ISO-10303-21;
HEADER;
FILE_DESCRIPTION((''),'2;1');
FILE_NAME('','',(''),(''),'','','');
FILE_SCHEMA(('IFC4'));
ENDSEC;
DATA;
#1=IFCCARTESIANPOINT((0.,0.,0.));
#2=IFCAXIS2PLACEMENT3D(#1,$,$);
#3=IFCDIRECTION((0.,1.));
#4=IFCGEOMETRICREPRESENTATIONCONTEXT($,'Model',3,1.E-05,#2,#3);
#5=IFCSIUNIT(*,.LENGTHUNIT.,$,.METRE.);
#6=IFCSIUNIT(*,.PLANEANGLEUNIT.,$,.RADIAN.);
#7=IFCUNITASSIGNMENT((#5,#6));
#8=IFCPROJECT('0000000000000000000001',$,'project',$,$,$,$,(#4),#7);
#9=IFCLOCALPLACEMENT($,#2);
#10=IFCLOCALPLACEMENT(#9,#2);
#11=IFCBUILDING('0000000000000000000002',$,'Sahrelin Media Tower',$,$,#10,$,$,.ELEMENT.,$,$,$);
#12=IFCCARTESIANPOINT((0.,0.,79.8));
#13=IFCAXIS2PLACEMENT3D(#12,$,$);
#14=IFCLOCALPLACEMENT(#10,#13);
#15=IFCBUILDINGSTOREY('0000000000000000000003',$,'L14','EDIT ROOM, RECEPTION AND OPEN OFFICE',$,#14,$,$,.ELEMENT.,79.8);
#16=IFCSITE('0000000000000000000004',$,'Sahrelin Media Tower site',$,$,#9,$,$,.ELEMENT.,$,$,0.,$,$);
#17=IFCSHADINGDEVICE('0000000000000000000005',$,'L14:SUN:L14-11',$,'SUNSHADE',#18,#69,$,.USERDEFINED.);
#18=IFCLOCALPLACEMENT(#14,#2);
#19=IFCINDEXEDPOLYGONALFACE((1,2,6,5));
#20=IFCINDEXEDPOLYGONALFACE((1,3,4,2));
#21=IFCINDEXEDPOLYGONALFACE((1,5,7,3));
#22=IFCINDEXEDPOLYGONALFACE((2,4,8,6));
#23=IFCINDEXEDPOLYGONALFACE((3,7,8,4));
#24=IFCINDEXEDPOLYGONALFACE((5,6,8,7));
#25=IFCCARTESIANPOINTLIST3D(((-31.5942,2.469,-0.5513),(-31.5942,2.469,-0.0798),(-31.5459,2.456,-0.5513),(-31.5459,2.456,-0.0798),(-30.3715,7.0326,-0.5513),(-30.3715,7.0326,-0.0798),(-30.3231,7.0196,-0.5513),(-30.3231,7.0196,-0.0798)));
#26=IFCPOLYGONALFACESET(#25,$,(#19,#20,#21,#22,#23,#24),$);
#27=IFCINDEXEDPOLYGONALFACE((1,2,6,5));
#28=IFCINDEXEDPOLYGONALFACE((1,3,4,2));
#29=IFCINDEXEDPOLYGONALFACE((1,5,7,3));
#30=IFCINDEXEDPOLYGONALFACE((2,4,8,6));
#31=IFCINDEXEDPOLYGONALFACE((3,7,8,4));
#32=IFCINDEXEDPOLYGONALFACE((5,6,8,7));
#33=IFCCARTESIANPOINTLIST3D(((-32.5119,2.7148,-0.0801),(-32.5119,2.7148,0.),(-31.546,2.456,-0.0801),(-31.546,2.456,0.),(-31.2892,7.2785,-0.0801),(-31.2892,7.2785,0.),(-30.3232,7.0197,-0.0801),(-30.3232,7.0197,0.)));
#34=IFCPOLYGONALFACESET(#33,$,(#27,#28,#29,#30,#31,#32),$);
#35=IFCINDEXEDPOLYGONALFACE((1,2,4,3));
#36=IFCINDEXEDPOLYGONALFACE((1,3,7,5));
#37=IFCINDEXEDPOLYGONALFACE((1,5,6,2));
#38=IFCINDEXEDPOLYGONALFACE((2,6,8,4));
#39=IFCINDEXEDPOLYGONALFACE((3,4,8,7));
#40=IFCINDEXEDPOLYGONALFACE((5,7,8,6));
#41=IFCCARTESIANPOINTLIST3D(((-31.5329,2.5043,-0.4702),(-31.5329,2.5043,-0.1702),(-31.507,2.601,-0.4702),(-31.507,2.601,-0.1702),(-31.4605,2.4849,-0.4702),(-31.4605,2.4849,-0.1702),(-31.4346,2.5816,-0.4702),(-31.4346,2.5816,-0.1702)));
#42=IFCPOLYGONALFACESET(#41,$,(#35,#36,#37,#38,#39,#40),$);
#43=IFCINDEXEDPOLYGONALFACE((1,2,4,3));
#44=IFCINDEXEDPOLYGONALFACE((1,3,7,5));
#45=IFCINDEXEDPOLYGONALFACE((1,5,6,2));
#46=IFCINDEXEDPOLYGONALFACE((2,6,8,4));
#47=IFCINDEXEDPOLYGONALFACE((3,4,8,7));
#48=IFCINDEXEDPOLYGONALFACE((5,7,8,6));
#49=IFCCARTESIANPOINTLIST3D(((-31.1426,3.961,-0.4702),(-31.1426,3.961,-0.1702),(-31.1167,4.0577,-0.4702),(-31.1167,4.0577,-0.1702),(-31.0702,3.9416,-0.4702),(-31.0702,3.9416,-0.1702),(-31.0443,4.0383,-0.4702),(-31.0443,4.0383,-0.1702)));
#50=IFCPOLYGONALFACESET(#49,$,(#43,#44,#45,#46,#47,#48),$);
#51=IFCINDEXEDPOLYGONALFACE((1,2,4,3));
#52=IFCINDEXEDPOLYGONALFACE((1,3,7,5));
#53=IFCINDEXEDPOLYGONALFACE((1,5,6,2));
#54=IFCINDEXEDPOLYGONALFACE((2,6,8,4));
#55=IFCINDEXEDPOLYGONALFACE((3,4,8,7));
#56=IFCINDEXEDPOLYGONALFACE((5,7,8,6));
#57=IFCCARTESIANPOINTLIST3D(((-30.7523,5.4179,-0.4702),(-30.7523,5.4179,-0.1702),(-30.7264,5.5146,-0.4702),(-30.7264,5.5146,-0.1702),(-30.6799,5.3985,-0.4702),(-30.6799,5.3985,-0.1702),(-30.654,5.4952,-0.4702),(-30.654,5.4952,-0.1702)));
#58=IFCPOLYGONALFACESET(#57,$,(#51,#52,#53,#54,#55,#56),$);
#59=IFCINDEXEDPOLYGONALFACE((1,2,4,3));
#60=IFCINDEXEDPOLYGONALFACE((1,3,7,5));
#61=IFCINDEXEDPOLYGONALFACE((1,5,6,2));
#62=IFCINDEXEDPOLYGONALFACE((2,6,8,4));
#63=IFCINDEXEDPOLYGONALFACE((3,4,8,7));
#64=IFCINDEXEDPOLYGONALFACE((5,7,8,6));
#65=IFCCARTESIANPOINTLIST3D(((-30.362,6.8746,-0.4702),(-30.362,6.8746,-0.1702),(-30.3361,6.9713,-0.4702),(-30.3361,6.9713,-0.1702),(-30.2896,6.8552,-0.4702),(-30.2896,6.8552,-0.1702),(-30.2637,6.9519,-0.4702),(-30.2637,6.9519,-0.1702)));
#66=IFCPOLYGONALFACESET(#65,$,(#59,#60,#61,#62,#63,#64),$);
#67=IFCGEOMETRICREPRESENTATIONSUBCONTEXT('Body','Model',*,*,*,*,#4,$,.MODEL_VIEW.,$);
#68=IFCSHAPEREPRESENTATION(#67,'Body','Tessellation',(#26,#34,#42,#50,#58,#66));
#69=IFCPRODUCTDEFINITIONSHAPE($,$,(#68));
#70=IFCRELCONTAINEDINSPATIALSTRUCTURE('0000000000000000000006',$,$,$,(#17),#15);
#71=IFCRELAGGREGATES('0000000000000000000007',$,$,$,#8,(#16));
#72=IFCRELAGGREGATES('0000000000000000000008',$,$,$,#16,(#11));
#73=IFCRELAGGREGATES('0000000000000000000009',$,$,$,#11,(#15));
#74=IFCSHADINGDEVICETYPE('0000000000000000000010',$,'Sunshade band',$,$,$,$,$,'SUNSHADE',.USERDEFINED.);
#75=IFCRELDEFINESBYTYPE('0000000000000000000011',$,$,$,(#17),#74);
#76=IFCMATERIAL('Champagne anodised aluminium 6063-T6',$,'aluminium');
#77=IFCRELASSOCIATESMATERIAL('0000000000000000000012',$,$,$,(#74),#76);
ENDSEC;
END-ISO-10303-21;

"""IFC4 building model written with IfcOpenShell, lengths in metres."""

from ifc_helpers import new_model, si_unit, direction, frame, origin, origin_2d, place, context, subcontext, project, spatial, rectangle, extrude, material, type_object, element, save


model = new_model("IFC4")

# Units and contexts
model_context = context("Model", 3, precision=1e-05, world=origin(), true_north=direction((0.0, 1.0)))
body_context = subcontext(model_context, "Body", "Model", "MODEL_VIEW")
ifc_project = project(units=[si_unit("LENGTHUNIT", "METRE"), si_unit("PLANEANGLEUNIT", "RADIAN")], contexts=[model_context])

# Site, building, storey
site_placement = place(None, origin())
site = spatial("IfcSite", under=ifc_project, at=site_placement, Name="Sahrelin Media Tower site", CompositionType="ELEMENT", RefElevation=0.0)
building_placement = place(site_placement, origin())
building = spatial("IfcBuilding", under=site, at=building_placement, Name="Sahrelin Media Tower", CompositionType="ELEMENT")
storey_placement = place(building_placement, frame((0.0, 0.0, 79.8)))
storey = spatial("IfcBuildingStorey", under=building, at=storey_placement, Name="L14", Description="EDIT ROOM, RECEPTION AND OPEN OFFICE", CompositionType="ELEMENT", Elevation=79.8)

# Shared definitions
ifc_material_1 = material(Name="Champagne anodised aluminium 6063-T6", Category="aluminium")

# Shading device
placement_1 = place(storey_placement, frame((-30.9153, 4.7327, 0.0), z_axis=(0.0, 0.0, 1.0), x_axis=(0.258808, 0.965929, 0.0)))
shading_device_type_1 = type_object("IfcShadingDeviceType", Name="Sunshade band", ElementType="SUNSHADE", PredefinedType="USERDEFINED", material=ifc_material_1)
element("IfcShadingDevice", 1, at=placement_1, inside=storey, type_object=shading_device_type_1, Name="L14:SUN:L14-11", ObjectType="SUNSHADE", PredefinedType="USERDEFINED", context=body_context, shape_type="SweptSolid", body=[
    extrude(rectangle(XDim=4.7246, YDim=0.05, at=origin_2d()), frame((0.0, 0.0449, -0.5513)), (0.0, 0.0, 1.0), 0.4714),
    extrude(rectangle(XDim=4.7246, YDim=1.0, at=origin_2d()), frame((0.0, 0.52, -0.0801)), (0.0, 0.0, 1.0), 0.0801),
    extrude(rectangle(XDim=0.1001, YDim=0.075, at=origin_2d()), frame((-2.2622, -0.0176, -0.4702)), (0.0, 0.0, 1.0), 0.3),
    extrude(rectangle(XDim=0.1001, YDim=0.075, at=origin_2d()), frame((-0.7542, -0.0176, -0.4702)), (0.0, 0.0, 1.0), 0.3),
    extrude(rectangle(XDim=0.1001, YDim=0.075, at=origin_2d()), frame((0.7542, -0.0176, -0.4702)), (0.0, 0.0, 1.0), 0.3),
    extrude(rectangle(XDim=0.1001, YDim=0.075, at=origin_2d()), frame((2.2622, -0.0176, -0.4702)), (0.0, 0.0, 1.0), 0.3),
])

save(model, "model.ifc")
